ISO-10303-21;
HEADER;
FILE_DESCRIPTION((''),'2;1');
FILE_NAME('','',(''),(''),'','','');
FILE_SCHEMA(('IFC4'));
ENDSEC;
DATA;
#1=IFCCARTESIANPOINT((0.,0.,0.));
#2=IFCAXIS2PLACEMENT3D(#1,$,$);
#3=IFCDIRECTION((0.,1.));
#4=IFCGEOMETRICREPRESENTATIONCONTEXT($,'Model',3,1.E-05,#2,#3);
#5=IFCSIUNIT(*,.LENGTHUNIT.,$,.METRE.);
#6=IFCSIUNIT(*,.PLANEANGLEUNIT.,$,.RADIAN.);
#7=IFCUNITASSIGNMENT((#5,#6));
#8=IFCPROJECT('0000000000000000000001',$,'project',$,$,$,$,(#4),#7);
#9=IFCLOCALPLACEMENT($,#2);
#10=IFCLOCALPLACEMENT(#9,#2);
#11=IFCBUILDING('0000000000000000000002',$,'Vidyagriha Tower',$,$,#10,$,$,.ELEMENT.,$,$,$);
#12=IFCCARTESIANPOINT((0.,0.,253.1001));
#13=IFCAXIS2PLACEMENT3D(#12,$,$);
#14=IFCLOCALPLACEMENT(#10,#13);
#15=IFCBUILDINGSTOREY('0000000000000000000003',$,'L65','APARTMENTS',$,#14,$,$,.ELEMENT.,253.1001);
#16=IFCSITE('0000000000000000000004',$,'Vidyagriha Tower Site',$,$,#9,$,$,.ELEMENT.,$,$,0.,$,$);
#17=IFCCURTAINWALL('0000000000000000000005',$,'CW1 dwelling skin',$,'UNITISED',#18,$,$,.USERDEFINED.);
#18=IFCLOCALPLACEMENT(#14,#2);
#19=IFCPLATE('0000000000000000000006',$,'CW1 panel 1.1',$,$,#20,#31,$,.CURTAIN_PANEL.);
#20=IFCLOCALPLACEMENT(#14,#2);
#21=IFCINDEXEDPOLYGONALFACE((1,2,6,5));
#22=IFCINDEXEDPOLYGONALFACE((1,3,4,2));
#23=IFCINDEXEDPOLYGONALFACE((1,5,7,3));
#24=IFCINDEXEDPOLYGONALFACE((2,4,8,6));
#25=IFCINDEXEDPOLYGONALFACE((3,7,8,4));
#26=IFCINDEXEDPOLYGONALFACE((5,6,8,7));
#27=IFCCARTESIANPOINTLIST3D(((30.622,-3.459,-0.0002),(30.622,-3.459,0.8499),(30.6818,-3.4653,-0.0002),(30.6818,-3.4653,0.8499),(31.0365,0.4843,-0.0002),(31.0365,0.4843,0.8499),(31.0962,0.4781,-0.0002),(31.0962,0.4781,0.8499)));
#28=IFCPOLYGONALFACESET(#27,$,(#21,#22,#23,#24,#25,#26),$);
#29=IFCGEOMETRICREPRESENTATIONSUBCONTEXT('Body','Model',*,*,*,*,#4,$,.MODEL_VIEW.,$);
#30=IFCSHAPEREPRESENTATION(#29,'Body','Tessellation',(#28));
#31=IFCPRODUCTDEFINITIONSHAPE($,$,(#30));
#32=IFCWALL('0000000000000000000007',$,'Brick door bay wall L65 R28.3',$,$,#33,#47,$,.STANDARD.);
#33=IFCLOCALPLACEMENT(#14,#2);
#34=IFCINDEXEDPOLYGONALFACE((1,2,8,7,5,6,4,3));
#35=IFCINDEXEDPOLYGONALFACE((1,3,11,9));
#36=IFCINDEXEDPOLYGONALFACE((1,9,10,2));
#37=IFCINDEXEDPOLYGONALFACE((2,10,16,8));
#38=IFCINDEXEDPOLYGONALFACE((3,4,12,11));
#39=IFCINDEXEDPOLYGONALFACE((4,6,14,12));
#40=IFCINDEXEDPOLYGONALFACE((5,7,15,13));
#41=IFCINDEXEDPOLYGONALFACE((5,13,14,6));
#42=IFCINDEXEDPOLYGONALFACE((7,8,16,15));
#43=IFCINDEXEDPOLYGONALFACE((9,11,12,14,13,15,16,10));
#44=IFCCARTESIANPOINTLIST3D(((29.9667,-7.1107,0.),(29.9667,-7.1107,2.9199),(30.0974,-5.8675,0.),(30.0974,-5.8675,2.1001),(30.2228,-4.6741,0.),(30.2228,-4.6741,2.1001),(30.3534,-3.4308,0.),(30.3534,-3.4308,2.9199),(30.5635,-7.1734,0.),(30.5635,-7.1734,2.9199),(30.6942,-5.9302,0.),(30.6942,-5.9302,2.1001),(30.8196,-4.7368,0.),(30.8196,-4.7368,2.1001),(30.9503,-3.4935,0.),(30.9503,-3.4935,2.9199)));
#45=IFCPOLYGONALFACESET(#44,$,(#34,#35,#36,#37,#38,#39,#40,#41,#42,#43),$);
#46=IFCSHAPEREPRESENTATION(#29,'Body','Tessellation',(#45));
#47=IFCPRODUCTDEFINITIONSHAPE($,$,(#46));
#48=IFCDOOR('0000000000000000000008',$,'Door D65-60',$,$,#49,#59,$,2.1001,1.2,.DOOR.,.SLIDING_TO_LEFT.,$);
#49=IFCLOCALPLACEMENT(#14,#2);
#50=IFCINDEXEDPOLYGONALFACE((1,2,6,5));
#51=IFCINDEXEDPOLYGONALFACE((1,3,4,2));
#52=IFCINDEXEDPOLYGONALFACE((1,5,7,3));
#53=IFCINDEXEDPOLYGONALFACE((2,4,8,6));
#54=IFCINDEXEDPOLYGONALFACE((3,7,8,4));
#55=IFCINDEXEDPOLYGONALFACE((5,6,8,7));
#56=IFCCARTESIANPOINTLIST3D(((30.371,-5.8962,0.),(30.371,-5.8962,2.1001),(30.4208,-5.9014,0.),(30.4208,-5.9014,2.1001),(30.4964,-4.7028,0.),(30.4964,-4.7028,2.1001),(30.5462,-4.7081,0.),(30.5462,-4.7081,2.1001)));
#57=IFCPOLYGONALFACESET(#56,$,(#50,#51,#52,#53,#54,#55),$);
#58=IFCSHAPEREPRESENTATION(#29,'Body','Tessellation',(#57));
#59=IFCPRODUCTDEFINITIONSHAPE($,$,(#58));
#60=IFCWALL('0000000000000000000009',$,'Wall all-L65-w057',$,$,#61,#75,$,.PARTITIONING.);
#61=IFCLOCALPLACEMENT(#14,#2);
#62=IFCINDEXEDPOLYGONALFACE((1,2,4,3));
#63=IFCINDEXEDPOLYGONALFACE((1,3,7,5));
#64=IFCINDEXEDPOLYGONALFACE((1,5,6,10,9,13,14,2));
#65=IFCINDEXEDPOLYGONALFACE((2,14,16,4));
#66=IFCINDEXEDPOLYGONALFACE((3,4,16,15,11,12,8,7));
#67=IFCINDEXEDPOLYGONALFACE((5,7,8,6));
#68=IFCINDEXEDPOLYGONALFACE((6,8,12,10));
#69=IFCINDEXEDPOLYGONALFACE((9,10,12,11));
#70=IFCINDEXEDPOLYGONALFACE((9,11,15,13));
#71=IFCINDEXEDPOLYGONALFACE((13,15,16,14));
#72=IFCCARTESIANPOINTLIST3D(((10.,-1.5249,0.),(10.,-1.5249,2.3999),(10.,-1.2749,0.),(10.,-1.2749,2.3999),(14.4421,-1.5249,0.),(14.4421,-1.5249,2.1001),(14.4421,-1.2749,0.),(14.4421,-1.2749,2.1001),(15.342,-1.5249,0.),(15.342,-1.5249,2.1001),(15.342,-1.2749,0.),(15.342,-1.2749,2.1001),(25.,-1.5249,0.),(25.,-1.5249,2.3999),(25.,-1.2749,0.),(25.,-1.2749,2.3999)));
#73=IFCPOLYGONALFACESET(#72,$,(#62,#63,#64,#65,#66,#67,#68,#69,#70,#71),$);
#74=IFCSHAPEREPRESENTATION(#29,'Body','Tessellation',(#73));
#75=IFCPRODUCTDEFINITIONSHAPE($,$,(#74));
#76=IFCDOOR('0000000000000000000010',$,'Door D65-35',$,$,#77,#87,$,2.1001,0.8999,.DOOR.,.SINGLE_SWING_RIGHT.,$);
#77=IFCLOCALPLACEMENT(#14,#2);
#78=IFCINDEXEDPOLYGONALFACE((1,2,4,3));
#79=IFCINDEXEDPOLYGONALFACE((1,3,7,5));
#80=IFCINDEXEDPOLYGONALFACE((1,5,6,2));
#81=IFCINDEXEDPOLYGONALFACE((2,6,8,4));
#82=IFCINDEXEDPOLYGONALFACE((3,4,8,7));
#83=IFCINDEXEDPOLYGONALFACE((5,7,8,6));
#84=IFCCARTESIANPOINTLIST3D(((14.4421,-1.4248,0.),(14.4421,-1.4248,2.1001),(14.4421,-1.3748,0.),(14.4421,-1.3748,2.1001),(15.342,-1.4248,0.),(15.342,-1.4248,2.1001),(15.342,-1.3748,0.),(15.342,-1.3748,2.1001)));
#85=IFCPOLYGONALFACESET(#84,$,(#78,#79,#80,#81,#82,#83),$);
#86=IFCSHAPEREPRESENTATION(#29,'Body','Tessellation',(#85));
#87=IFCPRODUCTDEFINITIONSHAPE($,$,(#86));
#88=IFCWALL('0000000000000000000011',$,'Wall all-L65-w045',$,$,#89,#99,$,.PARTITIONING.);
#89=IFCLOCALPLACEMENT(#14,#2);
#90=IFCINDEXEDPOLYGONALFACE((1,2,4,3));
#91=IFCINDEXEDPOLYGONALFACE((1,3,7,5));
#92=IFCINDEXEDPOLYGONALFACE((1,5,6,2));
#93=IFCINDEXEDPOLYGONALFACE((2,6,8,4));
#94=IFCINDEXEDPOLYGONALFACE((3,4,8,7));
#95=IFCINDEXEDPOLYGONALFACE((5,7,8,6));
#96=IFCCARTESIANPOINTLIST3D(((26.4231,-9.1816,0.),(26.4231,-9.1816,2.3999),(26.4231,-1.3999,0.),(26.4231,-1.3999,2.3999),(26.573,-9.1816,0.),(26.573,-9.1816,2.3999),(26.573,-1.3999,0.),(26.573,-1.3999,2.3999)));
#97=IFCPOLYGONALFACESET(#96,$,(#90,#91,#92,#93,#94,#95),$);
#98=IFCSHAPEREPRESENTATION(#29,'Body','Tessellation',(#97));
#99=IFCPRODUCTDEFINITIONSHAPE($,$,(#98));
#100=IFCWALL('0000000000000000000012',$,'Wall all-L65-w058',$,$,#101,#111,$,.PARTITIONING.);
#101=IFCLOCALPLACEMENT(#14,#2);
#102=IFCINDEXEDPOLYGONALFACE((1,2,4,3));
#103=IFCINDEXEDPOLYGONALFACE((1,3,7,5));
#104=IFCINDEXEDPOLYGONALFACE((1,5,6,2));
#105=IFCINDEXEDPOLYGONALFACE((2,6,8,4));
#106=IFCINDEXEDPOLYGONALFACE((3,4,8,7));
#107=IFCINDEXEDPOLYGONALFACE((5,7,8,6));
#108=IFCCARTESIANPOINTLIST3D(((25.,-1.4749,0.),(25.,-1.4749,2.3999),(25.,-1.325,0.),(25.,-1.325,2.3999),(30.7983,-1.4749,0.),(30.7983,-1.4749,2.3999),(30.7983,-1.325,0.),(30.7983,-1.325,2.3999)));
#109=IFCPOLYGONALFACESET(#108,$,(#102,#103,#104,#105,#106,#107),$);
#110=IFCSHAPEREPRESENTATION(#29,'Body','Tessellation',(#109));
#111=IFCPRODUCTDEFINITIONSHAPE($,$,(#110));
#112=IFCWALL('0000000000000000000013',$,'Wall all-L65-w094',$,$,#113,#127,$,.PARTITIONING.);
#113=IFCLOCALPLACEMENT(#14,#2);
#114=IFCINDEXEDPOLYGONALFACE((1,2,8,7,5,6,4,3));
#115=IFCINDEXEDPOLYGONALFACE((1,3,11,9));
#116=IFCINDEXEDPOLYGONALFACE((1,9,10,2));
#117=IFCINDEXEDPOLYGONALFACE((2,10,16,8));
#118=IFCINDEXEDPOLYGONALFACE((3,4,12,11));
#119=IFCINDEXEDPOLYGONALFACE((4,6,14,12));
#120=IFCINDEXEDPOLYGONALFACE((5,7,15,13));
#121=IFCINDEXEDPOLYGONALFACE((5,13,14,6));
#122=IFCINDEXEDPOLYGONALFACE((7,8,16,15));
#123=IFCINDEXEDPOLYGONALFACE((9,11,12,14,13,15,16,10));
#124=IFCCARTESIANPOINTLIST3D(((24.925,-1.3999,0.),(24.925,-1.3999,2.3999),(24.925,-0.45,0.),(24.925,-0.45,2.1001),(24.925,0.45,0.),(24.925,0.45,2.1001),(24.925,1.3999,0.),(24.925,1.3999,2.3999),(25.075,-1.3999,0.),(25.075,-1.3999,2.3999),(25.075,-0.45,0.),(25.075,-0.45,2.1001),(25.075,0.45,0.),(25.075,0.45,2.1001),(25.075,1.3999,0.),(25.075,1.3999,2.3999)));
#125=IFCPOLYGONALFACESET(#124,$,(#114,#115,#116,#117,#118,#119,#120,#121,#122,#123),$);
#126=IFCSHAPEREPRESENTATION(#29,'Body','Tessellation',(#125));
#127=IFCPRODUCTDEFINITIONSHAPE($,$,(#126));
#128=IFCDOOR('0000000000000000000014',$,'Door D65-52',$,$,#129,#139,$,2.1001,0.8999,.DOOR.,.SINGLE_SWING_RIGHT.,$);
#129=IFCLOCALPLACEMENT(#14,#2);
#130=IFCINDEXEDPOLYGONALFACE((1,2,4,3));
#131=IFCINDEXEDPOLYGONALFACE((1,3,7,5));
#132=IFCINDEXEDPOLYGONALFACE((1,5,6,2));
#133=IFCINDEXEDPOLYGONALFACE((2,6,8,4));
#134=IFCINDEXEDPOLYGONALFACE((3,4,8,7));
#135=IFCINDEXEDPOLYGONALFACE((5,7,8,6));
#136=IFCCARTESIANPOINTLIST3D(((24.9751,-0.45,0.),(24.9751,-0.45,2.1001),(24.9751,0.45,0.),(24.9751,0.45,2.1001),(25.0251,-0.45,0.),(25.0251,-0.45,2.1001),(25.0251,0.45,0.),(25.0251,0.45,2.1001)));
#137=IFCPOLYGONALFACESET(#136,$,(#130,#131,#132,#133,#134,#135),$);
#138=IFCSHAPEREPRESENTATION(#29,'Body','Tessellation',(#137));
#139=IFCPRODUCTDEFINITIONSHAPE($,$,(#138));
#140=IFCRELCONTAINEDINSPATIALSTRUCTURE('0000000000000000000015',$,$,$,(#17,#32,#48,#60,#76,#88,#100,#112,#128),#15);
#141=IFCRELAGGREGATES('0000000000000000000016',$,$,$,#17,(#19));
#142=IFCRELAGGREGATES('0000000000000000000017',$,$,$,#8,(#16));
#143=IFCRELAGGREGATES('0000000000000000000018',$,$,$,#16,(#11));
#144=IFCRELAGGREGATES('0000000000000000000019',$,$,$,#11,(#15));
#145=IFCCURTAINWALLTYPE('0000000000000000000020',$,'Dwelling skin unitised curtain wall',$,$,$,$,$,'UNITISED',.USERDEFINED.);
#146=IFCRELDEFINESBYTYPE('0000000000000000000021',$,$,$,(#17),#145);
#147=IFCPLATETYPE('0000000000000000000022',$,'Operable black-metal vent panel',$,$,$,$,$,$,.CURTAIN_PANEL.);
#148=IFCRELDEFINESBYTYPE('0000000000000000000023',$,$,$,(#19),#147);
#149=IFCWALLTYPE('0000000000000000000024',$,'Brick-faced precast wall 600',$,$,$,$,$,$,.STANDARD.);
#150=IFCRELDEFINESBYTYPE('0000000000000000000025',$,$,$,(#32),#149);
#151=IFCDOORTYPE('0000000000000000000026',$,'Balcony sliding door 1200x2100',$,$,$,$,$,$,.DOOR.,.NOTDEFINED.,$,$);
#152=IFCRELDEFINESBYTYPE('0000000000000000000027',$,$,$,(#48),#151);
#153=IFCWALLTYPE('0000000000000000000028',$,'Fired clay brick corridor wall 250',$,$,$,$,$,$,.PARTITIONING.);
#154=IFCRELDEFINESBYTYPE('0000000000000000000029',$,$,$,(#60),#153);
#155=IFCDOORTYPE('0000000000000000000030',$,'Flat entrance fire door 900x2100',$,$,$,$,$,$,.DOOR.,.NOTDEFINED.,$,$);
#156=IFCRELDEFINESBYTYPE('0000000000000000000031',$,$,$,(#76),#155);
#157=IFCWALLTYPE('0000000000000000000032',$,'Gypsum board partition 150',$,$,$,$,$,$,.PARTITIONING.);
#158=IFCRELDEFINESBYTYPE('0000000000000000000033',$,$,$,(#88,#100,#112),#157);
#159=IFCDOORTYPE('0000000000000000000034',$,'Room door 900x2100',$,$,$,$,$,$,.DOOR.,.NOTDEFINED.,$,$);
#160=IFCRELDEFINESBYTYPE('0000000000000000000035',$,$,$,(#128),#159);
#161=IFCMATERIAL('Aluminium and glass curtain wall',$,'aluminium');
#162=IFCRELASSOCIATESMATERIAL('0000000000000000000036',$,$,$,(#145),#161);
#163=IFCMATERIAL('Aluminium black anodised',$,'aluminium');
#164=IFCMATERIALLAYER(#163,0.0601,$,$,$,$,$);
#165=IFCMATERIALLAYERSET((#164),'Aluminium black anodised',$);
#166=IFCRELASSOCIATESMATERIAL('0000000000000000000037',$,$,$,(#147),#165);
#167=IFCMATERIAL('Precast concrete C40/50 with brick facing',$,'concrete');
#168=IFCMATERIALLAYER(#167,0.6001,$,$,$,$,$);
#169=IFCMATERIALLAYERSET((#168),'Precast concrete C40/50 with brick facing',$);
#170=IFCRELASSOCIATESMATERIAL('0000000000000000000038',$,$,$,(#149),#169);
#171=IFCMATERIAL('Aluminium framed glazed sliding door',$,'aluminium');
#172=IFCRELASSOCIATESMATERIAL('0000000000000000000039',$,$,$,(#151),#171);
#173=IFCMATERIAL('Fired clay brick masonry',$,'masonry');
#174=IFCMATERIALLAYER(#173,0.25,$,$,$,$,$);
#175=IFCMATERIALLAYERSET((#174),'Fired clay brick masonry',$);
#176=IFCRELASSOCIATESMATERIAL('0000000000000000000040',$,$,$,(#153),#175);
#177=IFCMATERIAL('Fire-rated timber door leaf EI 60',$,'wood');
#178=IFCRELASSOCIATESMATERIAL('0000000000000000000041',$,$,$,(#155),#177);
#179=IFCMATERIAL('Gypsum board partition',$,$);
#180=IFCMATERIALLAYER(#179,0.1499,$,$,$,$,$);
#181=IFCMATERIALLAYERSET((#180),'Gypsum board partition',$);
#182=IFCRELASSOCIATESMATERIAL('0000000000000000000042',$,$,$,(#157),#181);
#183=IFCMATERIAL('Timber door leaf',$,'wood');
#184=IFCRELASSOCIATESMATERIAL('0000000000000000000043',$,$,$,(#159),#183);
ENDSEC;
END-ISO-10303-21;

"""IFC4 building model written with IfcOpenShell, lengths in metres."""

from ifc_helpers import new_model, si_unit, direction, frame, frame_2d, origin, origin_2d, place, context, subcontext, project, spatial, rectangle, extrude, material, layer, layer_set, type_object, element, fill, aggregate, save


model = new_model("IFC4")

# Units and contexts
model_context = context("Model", 3, precision=1e-05, world=origin(), true_north=direction((0.0, 1.0)))
body_context = subcontext(model_context, "Body", "Model", "MODEL_VIEW")
ifc_project = project(units=[si_unit("LENGTHUNIT", "METRE"), si_unit("PLANEANGLEUNIT", "RADIAN")], contexts=[model_context])

# Site, building, storey
site_placement = place(None, origin())
site = spatial("IfcSite", under=ifc_project, at=site_placement, Name="Vidyagriha Tower Site", CompositionType="ELEMENT", RefElevation=0.0)
building_placement = place(site_placement, origin())
building = spatial("IfcBuilding", under=site, at=building_placement, Name="Vidyagriha Tower", CompositionType="ELEMENT")
storey_placement = place(building_placement, frame((0.0, 0.0, 253.1001)))
storey = spatial("IfcBuildingStorey", under=building, at=storey_placement, Name="L65", Description="APARTMENTS", CompositionType="ELEMENT", Elevation=253.1001)

# Curtain wall
ifc_material_1 = material(Name="Aluminium and glass curtain wall", Category="aluminium")
curtain_wall_type = type_object("IfcCurtainWallType", Name="Dwelling skin unitised curtain wall", ElementType="UNITISED", PredefinedType="USERDEFINED", material=ifc_material_1)
curtain_wall_1_placement = place(storey_placement, origin())
curtain_wall_1 = element("IfcCurtainWall", 1, at=curtain_wall_1_placement, inside=storey, type_object=curtain_wall_type, Name="CW1 dwelling skin", ObjectType="UNITISED", PredefinedType="USERDEFINED")

# Plate
ifc_material_2 = material(Name="Aluminium black anodised", Category="aluminium")
ifc_layer_1 = layer(ifc_material_2, 0.0601)
ifc_layer_set_1 = layer_set([ifc_layer_1], Name="Aluminium black anodised")
plate_type_1 = type_object("IfcPlateType", Name="Operable black-metal vent panel", PredefinedType="CURTAIN_PANEL", material=ifc_layer_set_1)
plate_1_placement = place(storey_placement, frame((30.8591, -1.4905, -0.0002), z_axis=(0.0, 0.0, 1.0), x_axis=(0.10453, 0.994522, 0.0)))
plate_1 = element("IfcPlate", 2, at=plate_1_placement, type_object=plate_type_1, Name="CW1 panel 1.1", PredefinedType="CURTAIN_PANEL", context=body_context, shape_type="SweptSolid", body=[
    extrude(rectangle(XDim=3.9651, YDim=0.0601, at=origin_2d()), origin(), (0.0, 0.0, 1.0), 0.8501),
])
aggregate(curtain_wall_1, [plate_1])

# Walls, openings, doors
ifc_material_3 = material(Name="Precast concrete C40/50 with brick facing", Category="concrete")
ifc_layer_2 = layer(ifc_material_3, 0.6001)
ifc_layer_set_2 = layer_set([ifc_layer_2], Name="Precast concrete C40/50 with brick facing")
wall_type_1 = type_object("IfcWallType", Name="Brick-faced precast wall 600", PredefinedType="STANDARD", material=ifc_layer_set_2)
wall_1_placement = place(storey_placement, frame((30.2651, -7.1421, 0.0), z_axis=(0.0, 0.0, 1.0), x_axis=(0.104513, 0.994524, 0.0)))
wall_1 = element("IfcWall", 3, at=wall_1_placement, inside=storey, type_object=wall_type_1, Name="Brick door bay wall L65 R28.3", PredefinedType="STANDARD", context=body_context, shape_type="SweptSolid", body=[
    extrude(rectangle(XDim=3.7002, YDim=0.6001, at=frame_2d((1.8501, 0.0))), origin(), (0.0, 0.0, 1.0), 2.9199),
])
opening_1_placement = place(wall_1_placement, frame((1.25, 0.0, 0.0)))
opening_1 = element("IfcOpeningElement", 4, at=opening_1_placement, cuts=wall_1, PredefinedType="OPENING", context=body_context, shape_type="SweptSolid", body=[
    extrude(rectangle(XDim=1.2, YDim=2.1001, at=frame_2d((0.6001, 1.05))), frame((0.0, 0.3101, 0.0), z_axis=(0.0, -1.0, 0.0), x_axis=(1.0, 0.0, 0.0)), (0.0, 0.0, 1.0), 0.6201),
])
ifc_material_4 = material(Name="Aluminium framed glazed sliding door", Category="aluminium")
door_type_1 = type_object("IfcDoorType", Name="Balcony sliding door 1200x2100", OperationType="NOTDEFINED", PredefinedType="DOOR", material=ifc_material_4)
door_1_placement = place(opening_1_placement, origin())
door_1 = element("IfcDoor", 5, at=door_1_placement, inside=storey, type_object=door_type_1, Name="Door D65-60", OperationType="SLIDING_TO_LEFT", OverallHeight=2.1001, OverallWidth=1.2, PredefinedType="DOOR", context=body_context, shape_type="SweptSolid", body=[
    extrude(rectangle(XDim=1.2, YDim=2.1001, at=frame_2d((0.6001, 1.05))), frame((0.0, 0.0249, 0.0), z_axis=(0.0, -1.0, 0.0), x_axis=(1.0, 0.0, 0.0)), (0.0, 0.0, 1.0), 0.05),
])
fill(opening_1, door_1)
ifc_material_5 = material(Name="Fired clay brick masonry", Category="masonry")
ifc_layer_3 = layer(ifc_material_5, 0.25)
ifc_layer_set_3 = layer_set([ifc_layer_3], Name="Fired clay brick masonry")
wall_type_2 = type_object("IfcWallType", Name="Fired clay brick corridor wall 250", PredefinedType="PARTITIONING", material=ifc_layer_set_3)
wall_2_placement = place(storey_placement, frame((25.0, -1.3999, 0.0), z_axis=(0.0, 0.0, 1.0), x_axis=(-1.0, 0.0, 0.0)))
wall_2 = element("IfcWall", 6, at=wall_2_placement, inside=storey, type_object=wall_type_2, Name="Wall all-L65-w057", PredefinedType="PARTITIONING", context=body_context, shape_type="SweptSolid", body=[
    extrude(rectangle(XDim=15.0, YDim=0.25, at=frame_2d((7.5, 0.0))), origin(), (0.0, 0.0, 1.0), 2.3999),
])
opening_2_placement = place(wall_2_placement, frame((9.658, 0.0, 0.0)))
opening_2 = element("IfcOpeningElement", 7, at=opening_2_placement, cuts=wall_2, PredefinedType="OPENING", context=body_context, shape_type="SweptSolid", body=[
    extrude(rectangle(XDim=0.8999, YDim=2.1001, at=frame_2d((0.45, 1.05))), frame((0.0, 0.135, 0.0), z_axis=(0.0, -1.0, 0.0), x_axis=(1.0, 0.0, 0.0)), (0.0, 0.0, 1.0), 0.27),
])
ifc_material_6 = material(Name="Fire-rated timber door leaf EI 60", Category="wood")
door_type_2 = type_object("IfcDoorType", Name="Flat entrance fire door 900x2100", OperationType="NOTDEFINED", PredefinedType="DOOR", material=ifc_material_6)
door_2_placement = place(opening_2_placement, origin())
door_2 = element("IfcDoor", 8, at=door_2_placement, inside=storey, type_object=door_type_2, Name="Door D65-35", OperationType="SINGLE_SWING_RIGHT", OverallHeight=2.1001, OverallWidth=0.8999, PredefinedType="DOOR", context=body_context, shape_type="SweptSolid", body=[
    extrude(rectangle(XDim=0.8999, YDim=2.1001, at=frame_2d((0.45, 1.05))), frame((0.0, 0.0249, 0.0), z_axis=(0.0, -1.0, 0.0), x_axis=(1.0, 0.0, 0.0)), (0.0, 0.0, 1.0), 0.05),
])
fill(opening_2, door_2)

# Walls
ifc_material_7 = material(Name="Gypsum board partition")
ifc_layer_4 = layer(ifc_material_7, 0.1499)
ifc_layer_set_4 = layer_set([ifc_layer_4], Name="Gypsum board partition")
wall_type_3 = type_object("IfcWallType", Name="Gypsum board partition 150", PredefinedType="PARTITIONING", material=ifc_layer_set_4)
wall_3_placement = place(storey_placement, frame((26.498, -1.3999, 0.0), z_axis=(0.0, 0.0, 1.0), x_axis=(0.0, -1.0, 0.0)))
element("IfcWall", 9, at=wall_3_placement, inside=storey, type_object=wall_type_3, Name="Wall all-L65-w045", PredefinedType="PARTITIONING", context=body_context, shape_type="SweptSolid", body=[
    extrude(rectangle(XDim=7.7817, YDim=0.1499, at=frame_2d((3.8909, 0.0))), origin(), (0.0, 0.0, 1.0), 2.3999),
])
wall_4_placement = place(storey_placement, frame((30.7983, -1.3999, 0.0), z_axis=(0.0, 0.0, 1.0), x_axis=(-1.0, 0.0, 0.0)))
element("IfcWall", 10, at=wall_4_placement, inside=storey, type_object=wall_type_3, Name="Wall all-L65-w058", PredefinedType="PARTITIONING", context=body_context, shape_type="SweptSolid", body=[
    extrude(rectangle(XDim=5.7983, YDim=0.1499, at=frame_2d((2.8992, 0.0))), origin(), (0.0, 0.0, 1.0), 2.3999),
])

# Wall, opening, door
wall_5_placement = place(storey_placement, frame((25.0, -1.3999, 0.0), z_axis=(0.0, 0.0, 1.0), x_axis=(0.0, 1.0, 0.0)))
wall_5 = element("IfcWall", 11, at=wall_5_placement, inside=storey, type_object=wall_type_3, Name="Wall all-L65-w094", PredefinedType="PARTITIONING", context=body_context, shape_type="SweptSolid", body=[
    extrude(rectangle(XDim=2.7998, YDim=0.1499, at=frame_2d((1.3999, 0.0))), origin(), (0.0, 0.0, 1.0), 2.3999),
])
opening_3_placement = place(wall_5_placement, frame((0.95, 0.0, 0.0)))
opening_3 = element("IfcOpeningElement", 12, at=opening_3_placement, cuts=wall_5, PredefinedType="OPENING", context=body_context, shape_type="SweptSolid", body=[
    extrude(rectangle(XDim=0.8999, YDim=2.1001, at=frame_2d((0.45, 1.05))), frame((0.0, 0.085, 0.0), z_axis=(0.0, -1.0, 0.0), x_axis=(1.0, 0.0, 0.0)), (0.0, 0.0, 1.0), 0.1699),
])
ifc_material_8 = material(Name="Timber door leaf", Category="wood")
door_type_3 = type_object("IfcDoorType", Name="Room door 900x2100", OperationType="NOTDEFINED", PredefinedType="DOOR", material=ifc_material_8)
door_3_placement = place(opening_3_placement, origin())
door_3 = element("IfcDoor", 13, at=door_3_placement, inside=storey, type_object=door_type_3, Name="Door D65-52", OperationType="SINGLE_SWING_RIGHT", OverallHeight=2.1001, OverallWidth=0.8999, PredefinedType="DOOR", context=body_context, shape_type="SweptSolid", body=[
    extrude(rectangle(XDim=0.8999, YDim=2.1001, at=frame_2d((0.45, 1.05))), frame((0.0, 0.0249, 0.0), z_axis=(0.0, -1.0, 0.0), x_axis=(1.0, 0.0, 0.0)), (0.0, 0.0, 1.0), 0.05),
])
fill(opening_3, door_3)

save(model, "model.ifc")
